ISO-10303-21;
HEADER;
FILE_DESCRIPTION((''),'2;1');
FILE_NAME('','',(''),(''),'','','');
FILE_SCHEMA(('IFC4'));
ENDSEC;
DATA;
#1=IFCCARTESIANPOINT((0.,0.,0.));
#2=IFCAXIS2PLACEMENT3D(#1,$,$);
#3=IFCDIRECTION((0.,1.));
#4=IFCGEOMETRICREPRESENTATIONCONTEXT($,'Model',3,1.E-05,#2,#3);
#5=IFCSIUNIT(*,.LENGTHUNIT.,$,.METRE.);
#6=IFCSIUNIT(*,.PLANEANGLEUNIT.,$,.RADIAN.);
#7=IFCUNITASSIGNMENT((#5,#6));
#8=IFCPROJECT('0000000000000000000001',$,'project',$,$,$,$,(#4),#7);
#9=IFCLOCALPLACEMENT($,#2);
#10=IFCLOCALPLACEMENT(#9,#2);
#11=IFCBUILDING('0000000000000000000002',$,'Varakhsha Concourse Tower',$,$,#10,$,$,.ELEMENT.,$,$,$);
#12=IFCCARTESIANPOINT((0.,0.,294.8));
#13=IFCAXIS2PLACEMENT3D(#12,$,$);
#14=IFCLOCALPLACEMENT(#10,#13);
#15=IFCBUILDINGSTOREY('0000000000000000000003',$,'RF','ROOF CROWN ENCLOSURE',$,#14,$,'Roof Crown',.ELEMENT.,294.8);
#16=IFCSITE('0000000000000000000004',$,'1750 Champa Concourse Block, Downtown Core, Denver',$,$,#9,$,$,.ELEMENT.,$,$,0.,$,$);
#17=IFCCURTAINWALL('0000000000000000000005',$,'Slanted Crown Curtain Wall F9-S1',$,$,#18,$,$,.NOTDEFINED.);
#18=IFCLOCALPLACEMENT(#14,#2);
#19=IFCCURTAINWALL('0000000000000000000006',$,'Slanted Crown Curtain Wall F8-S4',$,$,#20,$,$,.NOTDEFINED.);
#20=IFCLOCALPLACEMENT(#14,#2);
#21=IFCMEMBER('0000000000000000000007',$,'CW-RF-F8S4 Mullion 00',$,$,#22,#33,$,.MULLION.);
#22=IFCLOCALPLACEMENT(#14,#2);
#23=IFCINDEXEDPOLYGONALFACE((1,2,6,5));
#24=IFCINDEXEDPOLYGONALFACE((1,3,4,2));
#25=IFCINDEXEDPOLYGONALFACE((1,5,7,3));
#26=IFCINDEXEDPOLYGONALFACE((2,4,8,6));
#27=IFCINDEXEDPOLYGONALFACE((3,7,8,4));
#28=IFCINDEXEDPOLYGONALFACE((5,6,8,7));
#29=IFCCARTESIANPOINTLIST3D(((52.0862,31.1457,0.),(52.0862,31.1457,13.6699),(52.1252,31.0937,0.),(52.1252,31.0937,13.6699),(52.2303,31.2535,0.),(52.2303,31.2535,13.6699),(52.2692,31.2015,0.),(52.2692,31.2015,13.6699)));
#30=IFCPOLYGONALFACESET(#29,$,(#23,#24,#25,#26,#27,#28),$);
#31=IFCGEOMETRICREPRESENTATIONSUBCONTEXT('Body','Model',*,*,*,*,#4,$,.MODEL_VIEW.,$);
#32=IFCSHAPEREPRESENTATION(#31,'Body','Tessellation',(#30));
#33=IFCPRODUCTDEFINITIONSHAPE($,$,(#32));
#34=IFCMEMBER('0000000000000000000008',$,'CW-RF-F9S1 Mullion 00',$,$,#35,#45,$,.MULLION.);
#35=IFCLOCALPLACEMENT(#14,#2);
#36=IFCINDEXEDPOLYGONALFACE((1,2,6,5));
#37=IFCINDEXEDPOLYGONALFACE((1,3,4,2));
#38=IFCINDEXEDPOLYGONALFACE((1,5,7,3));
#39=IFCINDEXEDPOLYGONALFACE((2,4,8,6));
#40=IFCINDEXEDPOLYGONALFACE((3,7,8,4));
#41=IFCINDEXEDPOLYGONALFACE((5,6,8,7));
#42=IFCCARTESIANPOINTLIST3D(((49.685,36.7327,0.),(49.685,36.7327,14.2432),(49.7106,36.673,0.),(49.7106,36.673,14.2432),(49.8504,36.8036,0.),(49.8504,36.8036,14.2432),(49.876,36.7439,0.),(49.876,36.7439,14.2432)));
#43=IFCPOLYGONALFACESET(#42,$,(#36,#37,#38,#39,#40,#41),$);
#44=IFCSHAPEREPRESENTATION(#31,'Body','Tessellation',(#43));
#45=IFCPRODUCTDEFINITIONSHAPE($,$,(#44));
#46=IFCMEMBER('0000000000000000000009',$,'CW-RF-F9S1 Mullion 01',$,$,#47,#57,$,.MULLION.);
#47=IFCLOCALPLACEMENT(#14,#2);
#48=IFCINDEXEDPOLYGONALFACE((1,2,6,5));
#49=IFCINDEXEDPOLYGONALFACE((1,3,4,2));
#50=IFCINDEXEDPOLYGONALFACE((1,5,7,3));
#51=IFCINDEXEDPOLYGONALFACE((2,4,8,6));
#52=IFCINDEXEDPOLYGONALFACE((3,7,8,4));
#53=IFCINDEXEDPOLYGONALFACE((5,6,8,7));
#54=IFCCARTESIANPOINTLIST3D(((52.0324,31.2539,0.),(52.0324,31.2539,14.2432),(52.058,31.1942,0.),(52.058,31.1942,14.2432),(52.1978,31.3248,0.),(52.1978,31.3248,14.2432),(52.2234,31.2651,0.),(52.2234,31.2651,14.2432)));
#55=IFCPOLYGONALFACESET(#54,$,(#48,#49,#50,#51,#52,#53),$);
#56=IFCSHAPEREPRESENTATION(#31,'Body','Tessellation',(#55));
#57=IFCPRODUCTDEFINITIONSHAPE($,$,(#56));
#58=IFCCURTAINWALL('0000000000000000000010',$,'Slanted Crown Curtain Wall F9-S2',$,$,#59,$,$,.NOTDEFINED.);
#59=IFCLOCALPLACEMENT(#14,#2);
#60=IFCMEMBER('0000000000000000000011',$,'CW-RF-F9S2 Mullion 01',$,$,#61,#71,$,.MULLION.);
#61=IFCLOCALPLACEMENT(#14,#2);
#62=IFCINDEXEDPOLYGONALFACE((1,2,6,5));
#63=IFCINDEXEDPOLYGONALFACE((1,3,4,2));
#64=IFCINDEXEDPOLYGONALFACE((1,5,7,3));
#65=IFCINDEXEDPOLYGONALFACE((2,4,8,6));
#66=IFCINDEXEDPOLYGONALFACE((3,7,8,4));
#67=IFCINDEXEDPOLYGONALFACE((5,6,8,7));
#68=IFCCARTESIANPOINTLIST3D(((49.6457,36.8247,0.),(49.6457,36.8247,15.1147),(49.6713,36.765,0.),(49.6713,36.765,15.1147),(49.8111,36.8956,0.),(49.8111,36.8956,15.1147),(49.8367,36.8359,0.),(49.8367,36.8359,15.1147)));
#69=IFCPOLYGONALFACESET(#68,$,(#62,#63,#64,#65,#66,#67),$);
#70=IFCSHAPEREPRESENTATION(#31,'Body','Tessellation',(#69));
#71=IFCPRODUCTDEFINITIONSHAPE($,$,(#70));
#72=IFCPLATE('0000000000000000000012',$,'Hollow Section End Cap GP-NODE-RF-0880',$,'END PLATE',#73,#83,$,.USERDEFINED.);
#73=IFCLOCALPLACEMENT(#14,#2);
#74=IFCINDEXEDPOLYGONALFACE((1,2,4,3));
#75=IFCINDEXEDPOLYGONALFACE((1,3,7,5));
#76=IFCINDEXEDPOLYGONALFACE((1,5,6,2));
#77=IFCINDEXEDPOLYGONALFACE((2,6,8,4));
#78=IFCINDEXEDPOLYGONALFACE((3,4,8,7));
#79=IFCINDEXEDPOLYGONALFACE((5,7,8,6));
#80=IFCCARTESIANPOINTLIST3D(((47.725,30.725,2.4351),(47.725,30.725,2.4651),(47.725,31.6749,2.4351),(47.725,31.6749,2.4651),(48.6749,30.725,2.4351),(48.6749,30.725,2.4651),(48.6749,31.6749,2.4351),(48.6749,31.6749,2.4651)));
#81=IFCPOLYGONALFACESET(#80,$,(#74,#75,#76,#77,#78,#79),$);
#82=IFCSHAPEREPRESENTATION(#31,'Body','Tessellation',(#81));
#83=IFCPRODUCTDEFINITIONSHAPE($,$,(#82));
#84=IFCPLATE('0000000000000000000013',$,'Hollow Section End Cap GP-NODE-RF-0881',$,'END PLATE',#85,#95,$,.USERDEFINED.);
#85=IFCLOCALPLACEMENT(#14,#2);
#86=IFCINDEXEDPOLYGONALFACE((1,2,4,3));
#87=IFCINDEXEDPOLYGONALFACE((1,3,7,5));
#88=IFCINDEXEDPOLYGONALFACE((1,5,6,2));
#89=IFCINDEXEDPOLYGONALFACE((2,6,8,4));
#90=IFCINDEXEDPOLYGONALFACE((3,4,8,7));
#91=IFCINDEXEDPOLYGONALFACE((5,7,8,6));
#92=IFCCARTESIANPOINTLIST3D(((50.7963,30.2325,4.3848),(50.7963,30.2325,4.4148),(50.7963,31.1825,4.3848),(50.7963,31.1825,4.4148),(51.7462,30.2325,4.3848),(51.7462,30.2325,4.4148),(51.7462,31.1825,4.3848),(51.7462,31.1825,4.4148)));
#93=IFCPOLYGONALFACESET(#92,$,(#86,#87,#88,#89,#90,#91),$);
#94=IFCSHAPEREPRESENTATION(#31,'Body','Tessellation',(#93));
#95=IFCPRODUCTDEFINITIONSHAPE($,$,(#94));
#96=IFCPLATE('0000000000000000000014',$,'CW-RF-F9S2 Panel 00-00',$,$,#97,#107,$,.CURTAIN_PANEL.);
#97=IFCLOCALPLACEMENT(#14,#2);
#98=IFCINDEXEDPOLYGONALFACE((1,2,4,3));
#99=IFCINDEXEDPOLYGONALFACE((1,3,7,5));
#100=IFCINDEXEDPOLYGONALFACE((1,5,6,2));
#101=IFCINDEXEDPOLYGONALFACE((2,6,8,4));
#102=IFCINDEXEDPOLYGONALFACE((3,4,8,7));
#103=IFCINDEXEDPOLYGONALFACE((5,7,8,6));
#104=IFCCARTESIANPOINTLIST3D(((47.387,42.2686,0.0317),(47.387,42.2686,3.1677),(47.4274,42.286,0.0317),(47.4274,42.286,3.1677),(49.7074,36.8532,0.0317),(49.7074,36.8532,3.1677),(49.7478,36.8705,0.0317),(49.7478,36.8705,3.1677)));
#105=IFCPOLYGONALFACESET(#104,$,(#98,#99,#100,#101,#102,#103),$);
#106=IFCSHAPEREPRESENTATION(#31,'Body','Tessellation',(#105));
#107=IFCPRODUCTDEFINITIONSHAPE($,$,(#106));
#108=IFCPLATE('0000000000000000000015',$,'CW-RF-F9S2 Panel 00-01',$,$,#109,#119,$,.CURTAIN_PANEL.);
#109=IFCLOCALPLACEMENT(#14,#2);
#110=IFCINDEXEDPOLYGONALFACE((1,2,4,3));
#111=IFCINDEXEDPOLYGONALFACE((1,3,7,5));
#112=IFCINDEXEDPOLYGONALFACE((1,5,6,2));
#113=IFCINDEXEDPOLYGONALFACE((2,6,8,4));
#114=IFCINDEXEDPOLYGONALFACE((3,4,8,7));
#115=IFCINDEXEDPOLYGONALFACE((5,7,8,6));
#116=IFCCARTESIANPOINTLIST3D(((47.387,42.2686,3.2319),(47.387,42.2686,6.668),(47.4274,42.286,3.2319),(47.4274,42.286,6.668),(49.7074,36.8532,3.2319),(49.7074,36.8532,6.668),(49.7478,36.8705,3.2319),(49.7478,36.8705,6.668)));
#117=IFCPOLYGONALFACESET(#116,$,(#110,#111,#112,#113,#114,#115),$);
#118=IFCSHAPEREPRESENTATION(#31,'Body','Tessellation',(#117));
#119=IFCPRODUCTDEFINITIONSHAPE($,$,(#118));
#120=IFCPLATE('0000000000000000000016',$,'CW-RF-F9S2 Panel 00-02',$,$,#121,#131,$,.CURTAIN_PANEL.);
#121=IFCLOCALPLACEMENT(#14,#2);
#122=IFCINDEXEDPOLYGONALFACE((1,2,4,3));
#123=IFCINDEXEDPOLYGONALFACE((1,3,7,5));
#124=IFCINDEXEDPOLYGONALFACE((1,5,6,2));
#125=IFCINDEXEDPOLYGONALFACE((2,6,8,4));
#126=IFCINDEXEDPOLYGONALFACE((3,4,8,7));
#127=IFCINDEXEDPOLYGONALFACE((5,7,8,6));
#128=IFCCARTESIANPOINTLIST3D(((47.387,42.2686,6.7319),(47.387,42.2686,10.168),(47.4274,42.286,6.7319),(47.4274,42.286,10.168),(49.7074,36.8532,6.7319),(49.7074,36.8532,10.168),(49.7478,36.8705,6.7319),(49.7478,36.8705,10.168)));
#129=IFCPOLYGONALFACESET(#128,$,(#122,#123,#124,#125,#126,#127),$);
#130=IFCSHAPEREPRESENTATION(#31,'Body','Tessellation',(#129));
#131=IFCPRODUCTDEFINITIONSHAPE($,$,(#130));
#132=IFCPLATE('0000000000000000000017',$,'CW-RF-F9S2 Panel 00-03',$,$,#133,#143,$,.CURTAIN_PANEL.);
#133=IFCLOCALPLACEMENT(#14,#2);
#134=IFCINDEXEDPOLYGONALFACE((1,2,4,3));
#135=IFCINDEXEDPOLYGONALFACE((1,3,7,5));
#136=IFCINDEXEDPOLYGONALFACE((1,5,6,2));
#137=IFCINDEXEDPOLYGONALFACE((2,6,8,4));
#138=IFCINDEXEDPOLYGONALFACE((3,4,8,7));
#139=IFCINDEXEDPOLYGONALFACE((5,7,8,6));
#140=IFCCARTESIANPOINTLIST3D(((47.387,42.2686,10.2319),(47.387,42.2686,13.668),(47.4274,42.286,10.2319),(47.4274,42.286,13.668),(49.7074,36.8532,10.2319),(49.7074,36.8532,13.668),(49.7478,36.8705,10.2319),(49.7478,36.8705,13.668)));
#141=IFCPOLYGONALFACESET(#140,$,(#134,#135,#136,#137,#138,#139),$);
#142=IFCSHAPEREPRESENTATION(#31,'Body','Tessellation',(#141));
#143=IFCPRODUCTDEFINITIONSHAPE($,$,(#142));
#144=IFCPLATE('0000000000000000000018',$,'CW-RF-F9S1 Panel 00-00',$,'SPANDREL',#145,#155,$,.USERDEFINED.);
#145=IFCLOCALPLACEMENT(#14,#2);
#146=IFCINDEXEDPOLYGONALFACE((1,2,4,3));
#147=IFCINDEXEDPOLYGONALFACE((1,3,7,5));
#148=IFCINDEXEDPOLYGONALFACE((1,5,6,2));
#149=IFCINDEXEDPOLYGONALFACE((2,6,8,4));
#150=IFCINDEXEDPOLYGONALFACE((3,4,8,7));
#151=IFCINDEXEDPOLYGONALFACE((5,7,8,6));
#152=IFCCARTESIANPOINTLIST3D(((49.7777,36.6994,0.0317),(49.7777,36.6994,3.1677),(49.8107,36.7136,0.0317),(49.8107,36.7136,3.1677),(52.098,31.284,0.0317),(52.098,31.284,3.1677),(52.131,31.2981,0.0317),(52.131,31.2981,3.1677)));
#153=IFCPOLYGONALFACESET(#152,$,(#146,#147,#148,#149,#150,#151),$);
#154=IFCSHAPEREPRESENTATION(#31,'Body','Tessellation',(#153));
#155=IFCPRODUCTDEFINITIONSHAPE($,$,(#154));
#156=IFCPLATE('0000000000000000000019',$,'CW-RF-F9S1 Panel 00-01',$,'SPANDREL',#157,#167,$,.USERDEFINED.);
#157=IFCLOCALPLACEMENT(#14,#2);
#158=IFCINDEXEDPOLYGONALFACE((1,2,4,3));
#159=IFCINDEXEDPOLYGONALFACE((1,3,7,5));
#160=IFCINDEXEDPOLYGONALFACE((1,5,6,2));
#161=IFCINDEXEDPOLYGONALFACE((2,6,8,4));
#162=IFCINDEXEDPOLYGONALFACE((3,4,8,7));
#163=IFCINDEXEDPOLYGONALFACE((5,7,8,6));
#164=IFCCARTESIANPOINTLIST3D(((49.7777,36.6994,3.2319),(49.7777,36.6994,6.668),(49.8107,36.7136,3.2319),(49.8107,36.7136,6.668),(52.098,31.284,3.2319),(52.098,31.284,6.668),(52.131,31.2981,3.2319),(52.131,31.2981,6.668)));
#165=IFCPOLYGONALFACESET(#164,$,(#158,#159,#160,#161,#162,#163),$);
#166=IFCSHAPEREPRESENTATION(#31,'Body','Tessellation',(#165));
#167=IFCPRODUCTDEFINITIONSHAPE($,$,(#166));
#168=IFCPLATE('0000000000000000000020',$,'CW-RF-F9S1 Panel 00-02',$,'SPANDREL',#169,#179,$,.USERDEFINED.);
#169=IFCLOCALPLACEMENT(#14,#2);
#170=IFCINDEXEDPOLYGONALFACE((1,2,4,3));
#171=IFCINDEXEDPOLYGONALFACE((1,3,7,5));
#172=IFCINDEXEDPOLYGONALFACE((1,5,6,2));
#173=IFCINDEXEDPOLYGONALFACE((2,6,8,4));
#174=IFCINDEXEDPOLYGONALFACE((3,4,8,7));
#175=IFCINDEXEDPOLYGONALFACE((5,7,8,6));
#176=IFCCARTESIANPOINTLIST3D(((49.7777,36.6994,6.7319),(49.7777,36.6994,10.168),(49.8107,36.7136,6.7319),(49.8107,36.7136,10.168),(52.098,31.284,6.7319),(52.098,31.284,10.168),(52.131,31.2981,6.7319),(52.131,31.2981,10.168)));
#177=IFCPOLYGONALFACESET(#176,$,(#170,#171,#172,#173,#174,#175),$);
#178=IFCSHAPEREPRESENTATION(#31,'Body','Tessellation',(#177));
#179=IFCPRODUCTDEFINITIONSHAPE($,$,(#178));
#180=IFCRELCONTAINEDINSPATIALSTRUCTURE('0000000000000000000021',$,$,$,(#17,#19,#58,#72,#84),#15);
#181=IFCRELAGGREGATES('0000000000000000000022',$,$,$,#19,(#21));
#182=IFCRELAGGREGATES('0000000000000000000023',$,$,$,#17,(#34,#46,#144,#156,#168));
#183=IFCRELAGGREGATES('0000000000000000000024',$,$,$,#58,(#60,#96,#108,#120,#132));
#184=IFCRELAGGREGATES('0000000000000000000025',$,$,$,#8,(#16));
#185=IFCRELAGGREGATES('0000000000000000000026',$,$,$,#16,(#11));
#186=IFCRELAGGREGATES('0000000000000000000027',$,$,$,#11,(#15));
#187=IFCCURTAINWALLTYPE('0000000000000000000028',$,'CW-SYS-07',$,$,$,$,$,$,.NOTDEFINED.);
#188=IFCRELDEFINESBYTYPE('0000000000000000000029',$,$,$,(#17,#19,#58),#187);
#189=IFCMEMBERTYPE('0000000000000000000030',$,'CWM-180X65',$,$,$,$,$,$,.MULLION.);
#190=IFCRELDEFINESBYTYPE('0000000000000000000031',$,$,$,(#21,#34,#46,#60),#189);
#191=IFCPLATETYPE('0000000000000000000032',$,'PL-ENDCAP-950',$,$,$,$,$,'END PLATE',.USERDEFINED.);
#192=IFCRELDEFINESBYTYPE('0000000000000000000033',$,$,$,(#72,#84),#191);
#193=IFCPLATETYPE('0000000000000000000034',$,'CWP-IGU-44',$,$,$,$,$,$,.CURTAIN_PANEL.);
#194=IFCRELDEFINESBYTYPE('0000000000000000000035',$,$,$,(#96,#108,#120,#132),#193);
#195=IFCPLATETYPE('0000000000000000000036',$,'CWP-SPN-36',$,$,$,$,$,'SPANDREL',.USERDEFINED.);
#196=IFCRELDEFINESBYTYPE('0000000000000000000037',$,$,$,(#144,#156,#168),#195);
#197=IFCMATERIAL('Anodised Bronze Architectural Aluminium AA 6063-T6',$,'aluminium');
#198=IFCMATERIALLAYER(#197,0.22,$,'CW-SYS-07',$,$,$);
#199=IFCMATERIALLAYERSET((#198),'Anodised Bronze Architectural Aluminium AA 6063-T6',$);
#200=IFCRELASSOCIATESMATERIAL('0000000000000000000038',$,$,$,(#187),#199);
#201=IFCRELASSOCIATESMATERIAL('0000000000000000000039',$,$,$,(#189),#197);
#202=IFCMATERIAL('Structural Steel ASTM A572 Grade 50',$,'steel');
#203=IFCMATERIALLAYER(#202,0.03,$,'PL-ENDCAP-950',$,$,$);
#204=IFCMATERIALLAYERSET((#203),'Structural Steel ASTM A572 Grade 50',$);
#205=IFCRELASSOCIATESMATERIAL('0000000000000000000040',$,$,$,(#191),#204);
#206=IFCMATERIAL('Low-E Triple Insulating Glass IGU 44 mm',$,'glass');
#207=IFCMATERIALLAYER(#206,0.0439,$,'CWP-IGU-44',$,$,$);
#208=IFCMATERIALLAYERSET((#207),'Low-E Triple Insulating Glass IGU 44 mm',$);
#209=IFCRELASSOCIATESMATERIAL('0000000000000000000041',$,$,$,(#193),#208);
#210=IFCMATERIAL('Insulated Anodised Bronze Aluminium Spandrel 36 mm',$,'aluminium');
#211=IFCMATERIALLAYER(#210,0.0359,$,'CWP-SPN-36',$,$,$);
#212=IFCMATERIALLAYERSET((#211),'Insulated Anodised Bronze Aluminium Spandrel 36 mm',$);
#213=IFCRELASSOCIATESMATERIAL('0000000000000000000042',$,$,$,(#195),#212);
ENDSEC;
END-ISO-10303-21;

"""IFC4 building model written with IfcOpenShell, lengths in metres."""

from ifc_helpers import new_model, si_unit, direction, frame, origin, origin_2d, place, context, subcontext, project, spatial, rectangle, extrude, source, transform, mapped, material, layer, layer_set, material_profile, profile_set, type_object, type_shapes, element, aggregate, save


model = new_model("IFC4")

# Units and contexts
model_context = context("Model", 3, precision=1e-05, world=origin(), true_north=direction((0.0, 1.0)))
body_context = subcontext(model_context, "Body", "Model", "MODEL_VIEW")
ifc_project = project(units=[si_unit("LENGTHUNIT", "METRE"), si_unit("PLANEANGLEUNIT", "RADIAN")], contexts=[model_context])

# Site, building, storey
site_placement = place(None, origin())
site = spatial("IfcSite", under=ifc_project, at=site_placement, Name="1750 Champa Concourse Block, Downtown Core, Denver", CompositionType="ELEMENT", RefElevation=0.0)
building_placement = place(site_placement, origin())
building = spatial("IfcBuilding", under=site, at=building_placement, Name="Varakhsha Concourse Tower", CompositionType="ELEMENT")
storey_placement = place(building_placement, frame((0.0, 0.0, 294.8)))
storey = spatial("IfcBuildingStorey", under=building, at=storey_placement, Name="RF", Description="ROOF CROWN ENCLOSURE", LongName="Roof Crown", CompositionType="ELEMENT", Elevation=294.8)

# Shared definitions
ifc_material_1 = material(Name="Structural Steel ASTM A572 Grade 50", Category="steel")

# Curtain walls, member
ifc_material_2 = material(Name="Anodised Bronze Architectural Aluminium AA 6063-T6", Category="aluminium")
ifc_layer_1 = layer(ifc_material_2, 0.22, Name="CW-SYS-07")
ifc_layer_set_1 = layer_set([ifc_layer_1], Name="Anodised Bronze Architectural Aluminium AA 6063-T6")
curtain_wall_type = type_object("IfcCurtainWallType", Name="CW-SYS-07", PredefinedType="NOTDEFINED", material=ifc_layer_set_1)
curtain_wall_1_placement = place(storey_placement, origin())
curtain_wall_1 = element("IfcCurtainWall", 1, at=curtain_wall_1_placement, inside=storey, type_object=curtain_wall_type, Name="Slanted Crown Curtain Wall F9-S1", PredefinedType="NOTDEFINED")
curtain_wall_2_placement = place(storey_placement, origin())
curtain_wall_2 = element("IfcCurtainWall", 2, at=curtain_wall_2_placement, inside=storey, type_object=curtain_wall_type, Name="Slanted Crown Curtain Wall F8-S4", PredefinedType="NOTDEFINED")
ifc_material_profile_1 = material_profile(ifc_material_2, rectangle(XDim=0.0649, YDim=0.1799, at=origin_2d()), Name="CWM-180X65")
ifc_profile_set_1 = profile_set([ifc_material_profile_1], Name="Anodised Bronze Architectural Aluminium AA 6063-T6")
member_type_1 = type_object("IfcMemberType", Name="CWM-180X65", PredefinedType="MULLION", material=ifc_profile_set_1)
shared_shape_1 = source(origin(), body_context, "Body", "SweptSolid", [
    extrude(rectangle(XDim=0.0649, YDim=0.1799, at=origin_2d()), origin(), (0.0, 0.0, 1.0), 13.6699),
])
member_1_placement = place(storey_placement, frame((52.1777, 31.1736, 0.0), z_axis=(0.0, 0.0, 1.0), x_axis=(0.599092, -0.80068, 0.0)))
member_1 = element("IfcMember", 3, at=member_1_placement, type_object=member_type_1, Name="CW-RF-F8S4 Mullion 00", PredefinedType="MULLION", context=body_context, shape_type="MappedRepresentation", body=[
    mapped(shared_shape_1, transform((0.0, 0.0, 0.0), scale=1.0)),
])
aggregate(curtain_wall_2, [member_1])

# Members
shared_shape_2 = source(origin(), body_context, "Body", "SweptSolid", [
    extrude(rectangle(XDim=0.0649, YDim=0.1799, at=origin_2d()), origin(), (0.0, 0.0, 1.0), 14.2432),
])
member_2_placement = place(storey_placement, frame((49.7805, 36.7383, 0.0), z_axis=(0.0, 0.0, 1.0), x_axis=(0.393841, -0.919179, 0.0)))
member_2 = element("IfcMember", 4, at=member_2_placement, type_object=member_type_1, Name="CW-RF-F9S1 Mullion 00", PredefinedType="MULLION", context=body_context, shape_type="MappedRepresentation", body=[
    mapped(shared_shape_2, transform((0.0, 0.0, 0.0), scale=1.0)),
])
member_3_placement = place(storey_placement, frame((52.1279, 31.2595, 0.0), z_axis=(0.0, 0.0, 1.0), x_axis=(0.393841, -0.919179, 0.0)))
member_3 = element("IfcMember", 5, at=member_3_placement, type_object=member_type_1, Name="CW-RF-F9S1 Mullion 01", PredefinedType="MULLION", context=body_context, shape_type="MappedRepresentation", body=[
    mapped(shared_shape_2, transform((0.0, 0.0, 0.0), scale=1.0)),
])

# Curtain wall, member
curtain_wall_3_placement = place(storey_placement, origin())
curtain_wall_3 = element("IfcCurtainWall", 6, at=curtain_wall_3_placement, inside=storey, type_object=curtain_wall_type, Name="Slanted Crown Curtain Wall F9-S2", PredefinedType="NOTDEFINED")
shared_shape_3 = source(origin(), body_context, "Body", "SweptSolid", [
    extrude(rectangle(XDim=0.0649, YDim=0.1799, at=origin_2d()), origin(), (0.0, 0.0, 1.0), 15.1147),
])
type_shapes(member_type_1, [shared_shape_1, shared_shape_2, shared_shape_3])
member_4_placement = place(storey_placement, frame((49.7412, 36.8303, 0.0), z_axis=(0.0, 0.0, 1.0), x_axis=(0.393841, -0.919179, 0.0)))
member_4 = element("IfcMember", 7, at=member_4_placement, type_object=member_type_1, Name="CW-RF-F9S2 Mullion 01", PredefinedType="MULLION", context=body_context, shape_type="MappedRepresentation", body=[
    mapped(shared_shape_3, transform((0.0, 0.0, 0.0), scale=1.0)),
])

# Plates
ifc_layer_2 = layer(ifc_material_1, 0.03, Name="PL-ENDCAP-950")
ifc_layer_set_2 = layer_set([ifc_layer_2], Name="Structural Steel ASTM A572 Grade 50")
plate_type_1 = type_object("IfcPlateType", Name="PL-ENDCAP-950", ElementType="END PLATE", PredefinedType="USERDEFINED", material=ifc_layer_set_2)
shared_shape_4 = source(origin(), body_context, "Body", "SweptSolid", [
    extrude(rectangle(XDim=0.95, YDim=0.95, at=origin_2d()), origin(), (0.0, 0.0, 1.0), 0.03),
])
type_shapes(plate_type_1, [shared_shape_4])
for number, where, z_axis, x_axis, name in (
    (8, (48.2, 31.2, 2.4351), (0.0, 0.0, 1.0), (1.0, 0.0, 0.0), "Hollow Section End Cap GP-NODE-RF-0880"),
    (9, (51.2712, 30.7075, 4.3848), (0.0, 0.0, 1.0), (1.0, 0.0, 0.0), "Hollow Section End Cap GP-NODE-RF-0881"),
):
    element("IfcPlate", number, at=place(storey_placement, frame(where, z_axis=z_axis, x_axis=x_axis)), inside=storey, type_object=plate_type_1, Name=name, ObjectType="END PLATE", PredefinedType="USERDEFINED", context=body_context, shape_type="MappedRepresentation", body=[
        mapped(shared_shape_4, transform((0.0, 0.0, 0.0), scale=1.0)),
    ])

# Plates
ifc_material_3 = material(Name="Low-E Triple Insulating Glass IGU 44 mm", Category="glass")
ifc_layer_3 = layer(ifc_material_3, 0.0439, Name="CWP-IGU-44")
ifc_layer_set_3 = layer_set([ifc_layer_3], Name="Low-E Triple Insulating Glass IGU 44 mm")
plate_type_2 = type_object("IfcPlateType", Name="CWP-IGU-44", PredefinedType="CURTAIN_PANEL", material=ifc_layer_set_3)
shared_shape_5 = source(origin(), body_context, "Body", "SweptSolid", [
    extrude(rectangle(XDim=5.8916, YDim=0.0439, at=origin_2d()), origin(), (0.0, 0.0, 1.0), 3.136),
])
plate_1_placement = place(storey_placement, frame((48.5674, 39.5696, 0.0317), z_axis=(0.0, 0.0, 1.0), x_axis=(0.393841, -0.919179, 0.0)))
plate_1 = element("IfcPlate", 10, at=plate_1_placement, type_object=plate_type_2, Name="CW-RF-F9S2 Panel 00-00", PredefinedType="CURTAIN_PANEL", context=body_context, shape_type="MappedRepresentation", body=[
    mapped(shared_shape_5, transform((0.0, 0.0, 0.0), scale=1.0)),
])
shared_shape_6 = source(origin(), body_context, "Body", "SweptSolid", [
    extrude(rectangle(XDim=5.8916, YDim=0.0439, at=origin_2d()), origin(), (0.0, 0.0, 1.0), 3.436),
])
type_shapes(plate_type_2, [shared_shape_5, shared_shape_6])
plate_2_placement = place(storey_placement, frame((48.5674, 39.5696, 3.2319), z_axis=(0.0, 0.0, 1.0), x_axis=(0.393841, -0.919179, 0.0)))
plate_2 = element("IfcPlate", 11, at=plate_2_placement, type_object=plate_type_2, Name="CW-RF-F9S2 Panel 00-01", PredefinedType="CURTAIN_PANEL", context=body_context, shape_type="MappedRepresentation", body=[
    mapped(shared_shape_6, transform((0.0, 0.0, 0.0), scale=1.0)),
])
plate_3_placement = place(storey_placement, frame((48.5674, 39.5696, 6.7319), z_axis=(0.0, 0.0, 1.0), x_axis=(0.393841, -0.919179, 0.0)))
plate_3 = element("IfcPlate", 12, at=plate_3_placement, type_object=plate_type_2, Name="CW-RF-F9S2 Panel 00-02", PredefinedType="CURTAIN_PANEL", context=body_context, shape_type="MappedRepresentation", body=[
    mapped(shared_shape_6, transform((0.0, 0.0, 0.0), scale=1.0)),
])
plate_4_placement = place(storey_placement, frame((48.5674, 39.5696, 10.2319), z_axis=(0.0, 0.0, 1.0), x_axis=(0.393841, -0.919179, 0.0)))
plate_4 = element("IfcPlate", 13, at=plate_4_placement, type_object=plate_type_2, Name="CW-RF-F9S2 Panel 00-03", PredefinedType="CURTAIN_PANEL", context=body_context, shape_type="MappedRepresentation", body=[
    mapped(shared_shape_6, transform((0.0, 0.0, 0.0), scale=1.0)),
])
ifc_material_4 = material(Name="Insulated Anodised Bronze Aluminium Spandrel 36 mm", Category="aluminium")
ifc_layer_4 = layer(ifc_material_4, 0.0359, Name="CWP-SPN-36")
ifc_layer_set_4 = layer_set([ifc_layer_4], Name="Insulated Anodised Bronze Aluminium Spandrel 36 mm")
plate_type_3 = type_object("IfcPlateType", Name="CWP-SPN-36", ElementType="SPANDREL", PredefinedType="USERDEFINED", material=ifc_layer_set_4)
shared_shape_7 = source(origin(), body_context, "Body", "SweptSolid", [
    extrude(rectangle(XDim=5.8916, YDim=0.0359, at=origin_2d()), origin(), (0.0, 0.0, 1.0), 3.136),
])
plate_5_placement = place(storey_placement, frame((50.9543, 33.9988, 0.0317), z_axis=(0.0, 0.0, 1.0), x_axis=(0.393841, -0.919179, 0.0)))
plate_5 = element("IfcPlate", 14, at=plate_5_placement, type_object=plate_type_3, Name="CW-RF-F9S1 Panel 00-00", ObjectType="SPANDREL", PredefinedType="USERDEFINED", context=body_context, shape_type="MappedRepresentation", body=[
    mapped(shared_shape_7, transform((0.0, 0.0, 0.0), scale=1.0)),
])
shared_shape_8 = source(origin(), body_context, "Body", "SweptSolid", [
    extrude(rectangle(XDim=5.8916, YDim=0.0359, at=origin_2d()), origin(), (0.0, 0.0, 1.0), 3.436),
])
plate_6_placement = place(storey_placement, frame((50.9543, 33.9988, 3.2319), z_axis=(0.0, 0.0, 1.0), x_axis=(0.393841, -0.919179, 0.0)))
plate_6 = element("IfcPlate", 15, at=plate_6_placement, type_object=plate_type_3, Name="CW-RF-F9S1 Panel 00-01", ObjectType="SPANDREL", PredefinedType="USERDEFINED", context=body_context, shape_type="MappedRepresentation", body=[
    mapped(shared_shape_8, transform((0.0, 0.0, 0.0), scale=1.0)),
])
plate_7_placement = place(storey_placement, frame((50.9543, 33.9988, 6.7319), z_axis=(0.0, 0.0, 1.0), x_axis=(0.393841, -0.919179, 0.0)))
plate_7 = element("IfcPlate", 16, at=plate_7_placement, type_object=plate_type_3, Name="CW-RF-F9S1 Panel 00-02", ObjectType="SPANDREL", PredefinedType="USERDEFINED", context=body_context, shape_type="MappedRepresentation", body=[
    mapped(shared_shape_8, transform((0.0, 0.0, 0.0), scale=1.0)),
])

aggregate(curtain_wall_1, [member_2, member_3, plate_5, plate_6, plate_7])
aggregate(curtain_wall_3, [member_4, plate_1, plate_2, plate_3, plate_4])

save(model, "model.ifc")
